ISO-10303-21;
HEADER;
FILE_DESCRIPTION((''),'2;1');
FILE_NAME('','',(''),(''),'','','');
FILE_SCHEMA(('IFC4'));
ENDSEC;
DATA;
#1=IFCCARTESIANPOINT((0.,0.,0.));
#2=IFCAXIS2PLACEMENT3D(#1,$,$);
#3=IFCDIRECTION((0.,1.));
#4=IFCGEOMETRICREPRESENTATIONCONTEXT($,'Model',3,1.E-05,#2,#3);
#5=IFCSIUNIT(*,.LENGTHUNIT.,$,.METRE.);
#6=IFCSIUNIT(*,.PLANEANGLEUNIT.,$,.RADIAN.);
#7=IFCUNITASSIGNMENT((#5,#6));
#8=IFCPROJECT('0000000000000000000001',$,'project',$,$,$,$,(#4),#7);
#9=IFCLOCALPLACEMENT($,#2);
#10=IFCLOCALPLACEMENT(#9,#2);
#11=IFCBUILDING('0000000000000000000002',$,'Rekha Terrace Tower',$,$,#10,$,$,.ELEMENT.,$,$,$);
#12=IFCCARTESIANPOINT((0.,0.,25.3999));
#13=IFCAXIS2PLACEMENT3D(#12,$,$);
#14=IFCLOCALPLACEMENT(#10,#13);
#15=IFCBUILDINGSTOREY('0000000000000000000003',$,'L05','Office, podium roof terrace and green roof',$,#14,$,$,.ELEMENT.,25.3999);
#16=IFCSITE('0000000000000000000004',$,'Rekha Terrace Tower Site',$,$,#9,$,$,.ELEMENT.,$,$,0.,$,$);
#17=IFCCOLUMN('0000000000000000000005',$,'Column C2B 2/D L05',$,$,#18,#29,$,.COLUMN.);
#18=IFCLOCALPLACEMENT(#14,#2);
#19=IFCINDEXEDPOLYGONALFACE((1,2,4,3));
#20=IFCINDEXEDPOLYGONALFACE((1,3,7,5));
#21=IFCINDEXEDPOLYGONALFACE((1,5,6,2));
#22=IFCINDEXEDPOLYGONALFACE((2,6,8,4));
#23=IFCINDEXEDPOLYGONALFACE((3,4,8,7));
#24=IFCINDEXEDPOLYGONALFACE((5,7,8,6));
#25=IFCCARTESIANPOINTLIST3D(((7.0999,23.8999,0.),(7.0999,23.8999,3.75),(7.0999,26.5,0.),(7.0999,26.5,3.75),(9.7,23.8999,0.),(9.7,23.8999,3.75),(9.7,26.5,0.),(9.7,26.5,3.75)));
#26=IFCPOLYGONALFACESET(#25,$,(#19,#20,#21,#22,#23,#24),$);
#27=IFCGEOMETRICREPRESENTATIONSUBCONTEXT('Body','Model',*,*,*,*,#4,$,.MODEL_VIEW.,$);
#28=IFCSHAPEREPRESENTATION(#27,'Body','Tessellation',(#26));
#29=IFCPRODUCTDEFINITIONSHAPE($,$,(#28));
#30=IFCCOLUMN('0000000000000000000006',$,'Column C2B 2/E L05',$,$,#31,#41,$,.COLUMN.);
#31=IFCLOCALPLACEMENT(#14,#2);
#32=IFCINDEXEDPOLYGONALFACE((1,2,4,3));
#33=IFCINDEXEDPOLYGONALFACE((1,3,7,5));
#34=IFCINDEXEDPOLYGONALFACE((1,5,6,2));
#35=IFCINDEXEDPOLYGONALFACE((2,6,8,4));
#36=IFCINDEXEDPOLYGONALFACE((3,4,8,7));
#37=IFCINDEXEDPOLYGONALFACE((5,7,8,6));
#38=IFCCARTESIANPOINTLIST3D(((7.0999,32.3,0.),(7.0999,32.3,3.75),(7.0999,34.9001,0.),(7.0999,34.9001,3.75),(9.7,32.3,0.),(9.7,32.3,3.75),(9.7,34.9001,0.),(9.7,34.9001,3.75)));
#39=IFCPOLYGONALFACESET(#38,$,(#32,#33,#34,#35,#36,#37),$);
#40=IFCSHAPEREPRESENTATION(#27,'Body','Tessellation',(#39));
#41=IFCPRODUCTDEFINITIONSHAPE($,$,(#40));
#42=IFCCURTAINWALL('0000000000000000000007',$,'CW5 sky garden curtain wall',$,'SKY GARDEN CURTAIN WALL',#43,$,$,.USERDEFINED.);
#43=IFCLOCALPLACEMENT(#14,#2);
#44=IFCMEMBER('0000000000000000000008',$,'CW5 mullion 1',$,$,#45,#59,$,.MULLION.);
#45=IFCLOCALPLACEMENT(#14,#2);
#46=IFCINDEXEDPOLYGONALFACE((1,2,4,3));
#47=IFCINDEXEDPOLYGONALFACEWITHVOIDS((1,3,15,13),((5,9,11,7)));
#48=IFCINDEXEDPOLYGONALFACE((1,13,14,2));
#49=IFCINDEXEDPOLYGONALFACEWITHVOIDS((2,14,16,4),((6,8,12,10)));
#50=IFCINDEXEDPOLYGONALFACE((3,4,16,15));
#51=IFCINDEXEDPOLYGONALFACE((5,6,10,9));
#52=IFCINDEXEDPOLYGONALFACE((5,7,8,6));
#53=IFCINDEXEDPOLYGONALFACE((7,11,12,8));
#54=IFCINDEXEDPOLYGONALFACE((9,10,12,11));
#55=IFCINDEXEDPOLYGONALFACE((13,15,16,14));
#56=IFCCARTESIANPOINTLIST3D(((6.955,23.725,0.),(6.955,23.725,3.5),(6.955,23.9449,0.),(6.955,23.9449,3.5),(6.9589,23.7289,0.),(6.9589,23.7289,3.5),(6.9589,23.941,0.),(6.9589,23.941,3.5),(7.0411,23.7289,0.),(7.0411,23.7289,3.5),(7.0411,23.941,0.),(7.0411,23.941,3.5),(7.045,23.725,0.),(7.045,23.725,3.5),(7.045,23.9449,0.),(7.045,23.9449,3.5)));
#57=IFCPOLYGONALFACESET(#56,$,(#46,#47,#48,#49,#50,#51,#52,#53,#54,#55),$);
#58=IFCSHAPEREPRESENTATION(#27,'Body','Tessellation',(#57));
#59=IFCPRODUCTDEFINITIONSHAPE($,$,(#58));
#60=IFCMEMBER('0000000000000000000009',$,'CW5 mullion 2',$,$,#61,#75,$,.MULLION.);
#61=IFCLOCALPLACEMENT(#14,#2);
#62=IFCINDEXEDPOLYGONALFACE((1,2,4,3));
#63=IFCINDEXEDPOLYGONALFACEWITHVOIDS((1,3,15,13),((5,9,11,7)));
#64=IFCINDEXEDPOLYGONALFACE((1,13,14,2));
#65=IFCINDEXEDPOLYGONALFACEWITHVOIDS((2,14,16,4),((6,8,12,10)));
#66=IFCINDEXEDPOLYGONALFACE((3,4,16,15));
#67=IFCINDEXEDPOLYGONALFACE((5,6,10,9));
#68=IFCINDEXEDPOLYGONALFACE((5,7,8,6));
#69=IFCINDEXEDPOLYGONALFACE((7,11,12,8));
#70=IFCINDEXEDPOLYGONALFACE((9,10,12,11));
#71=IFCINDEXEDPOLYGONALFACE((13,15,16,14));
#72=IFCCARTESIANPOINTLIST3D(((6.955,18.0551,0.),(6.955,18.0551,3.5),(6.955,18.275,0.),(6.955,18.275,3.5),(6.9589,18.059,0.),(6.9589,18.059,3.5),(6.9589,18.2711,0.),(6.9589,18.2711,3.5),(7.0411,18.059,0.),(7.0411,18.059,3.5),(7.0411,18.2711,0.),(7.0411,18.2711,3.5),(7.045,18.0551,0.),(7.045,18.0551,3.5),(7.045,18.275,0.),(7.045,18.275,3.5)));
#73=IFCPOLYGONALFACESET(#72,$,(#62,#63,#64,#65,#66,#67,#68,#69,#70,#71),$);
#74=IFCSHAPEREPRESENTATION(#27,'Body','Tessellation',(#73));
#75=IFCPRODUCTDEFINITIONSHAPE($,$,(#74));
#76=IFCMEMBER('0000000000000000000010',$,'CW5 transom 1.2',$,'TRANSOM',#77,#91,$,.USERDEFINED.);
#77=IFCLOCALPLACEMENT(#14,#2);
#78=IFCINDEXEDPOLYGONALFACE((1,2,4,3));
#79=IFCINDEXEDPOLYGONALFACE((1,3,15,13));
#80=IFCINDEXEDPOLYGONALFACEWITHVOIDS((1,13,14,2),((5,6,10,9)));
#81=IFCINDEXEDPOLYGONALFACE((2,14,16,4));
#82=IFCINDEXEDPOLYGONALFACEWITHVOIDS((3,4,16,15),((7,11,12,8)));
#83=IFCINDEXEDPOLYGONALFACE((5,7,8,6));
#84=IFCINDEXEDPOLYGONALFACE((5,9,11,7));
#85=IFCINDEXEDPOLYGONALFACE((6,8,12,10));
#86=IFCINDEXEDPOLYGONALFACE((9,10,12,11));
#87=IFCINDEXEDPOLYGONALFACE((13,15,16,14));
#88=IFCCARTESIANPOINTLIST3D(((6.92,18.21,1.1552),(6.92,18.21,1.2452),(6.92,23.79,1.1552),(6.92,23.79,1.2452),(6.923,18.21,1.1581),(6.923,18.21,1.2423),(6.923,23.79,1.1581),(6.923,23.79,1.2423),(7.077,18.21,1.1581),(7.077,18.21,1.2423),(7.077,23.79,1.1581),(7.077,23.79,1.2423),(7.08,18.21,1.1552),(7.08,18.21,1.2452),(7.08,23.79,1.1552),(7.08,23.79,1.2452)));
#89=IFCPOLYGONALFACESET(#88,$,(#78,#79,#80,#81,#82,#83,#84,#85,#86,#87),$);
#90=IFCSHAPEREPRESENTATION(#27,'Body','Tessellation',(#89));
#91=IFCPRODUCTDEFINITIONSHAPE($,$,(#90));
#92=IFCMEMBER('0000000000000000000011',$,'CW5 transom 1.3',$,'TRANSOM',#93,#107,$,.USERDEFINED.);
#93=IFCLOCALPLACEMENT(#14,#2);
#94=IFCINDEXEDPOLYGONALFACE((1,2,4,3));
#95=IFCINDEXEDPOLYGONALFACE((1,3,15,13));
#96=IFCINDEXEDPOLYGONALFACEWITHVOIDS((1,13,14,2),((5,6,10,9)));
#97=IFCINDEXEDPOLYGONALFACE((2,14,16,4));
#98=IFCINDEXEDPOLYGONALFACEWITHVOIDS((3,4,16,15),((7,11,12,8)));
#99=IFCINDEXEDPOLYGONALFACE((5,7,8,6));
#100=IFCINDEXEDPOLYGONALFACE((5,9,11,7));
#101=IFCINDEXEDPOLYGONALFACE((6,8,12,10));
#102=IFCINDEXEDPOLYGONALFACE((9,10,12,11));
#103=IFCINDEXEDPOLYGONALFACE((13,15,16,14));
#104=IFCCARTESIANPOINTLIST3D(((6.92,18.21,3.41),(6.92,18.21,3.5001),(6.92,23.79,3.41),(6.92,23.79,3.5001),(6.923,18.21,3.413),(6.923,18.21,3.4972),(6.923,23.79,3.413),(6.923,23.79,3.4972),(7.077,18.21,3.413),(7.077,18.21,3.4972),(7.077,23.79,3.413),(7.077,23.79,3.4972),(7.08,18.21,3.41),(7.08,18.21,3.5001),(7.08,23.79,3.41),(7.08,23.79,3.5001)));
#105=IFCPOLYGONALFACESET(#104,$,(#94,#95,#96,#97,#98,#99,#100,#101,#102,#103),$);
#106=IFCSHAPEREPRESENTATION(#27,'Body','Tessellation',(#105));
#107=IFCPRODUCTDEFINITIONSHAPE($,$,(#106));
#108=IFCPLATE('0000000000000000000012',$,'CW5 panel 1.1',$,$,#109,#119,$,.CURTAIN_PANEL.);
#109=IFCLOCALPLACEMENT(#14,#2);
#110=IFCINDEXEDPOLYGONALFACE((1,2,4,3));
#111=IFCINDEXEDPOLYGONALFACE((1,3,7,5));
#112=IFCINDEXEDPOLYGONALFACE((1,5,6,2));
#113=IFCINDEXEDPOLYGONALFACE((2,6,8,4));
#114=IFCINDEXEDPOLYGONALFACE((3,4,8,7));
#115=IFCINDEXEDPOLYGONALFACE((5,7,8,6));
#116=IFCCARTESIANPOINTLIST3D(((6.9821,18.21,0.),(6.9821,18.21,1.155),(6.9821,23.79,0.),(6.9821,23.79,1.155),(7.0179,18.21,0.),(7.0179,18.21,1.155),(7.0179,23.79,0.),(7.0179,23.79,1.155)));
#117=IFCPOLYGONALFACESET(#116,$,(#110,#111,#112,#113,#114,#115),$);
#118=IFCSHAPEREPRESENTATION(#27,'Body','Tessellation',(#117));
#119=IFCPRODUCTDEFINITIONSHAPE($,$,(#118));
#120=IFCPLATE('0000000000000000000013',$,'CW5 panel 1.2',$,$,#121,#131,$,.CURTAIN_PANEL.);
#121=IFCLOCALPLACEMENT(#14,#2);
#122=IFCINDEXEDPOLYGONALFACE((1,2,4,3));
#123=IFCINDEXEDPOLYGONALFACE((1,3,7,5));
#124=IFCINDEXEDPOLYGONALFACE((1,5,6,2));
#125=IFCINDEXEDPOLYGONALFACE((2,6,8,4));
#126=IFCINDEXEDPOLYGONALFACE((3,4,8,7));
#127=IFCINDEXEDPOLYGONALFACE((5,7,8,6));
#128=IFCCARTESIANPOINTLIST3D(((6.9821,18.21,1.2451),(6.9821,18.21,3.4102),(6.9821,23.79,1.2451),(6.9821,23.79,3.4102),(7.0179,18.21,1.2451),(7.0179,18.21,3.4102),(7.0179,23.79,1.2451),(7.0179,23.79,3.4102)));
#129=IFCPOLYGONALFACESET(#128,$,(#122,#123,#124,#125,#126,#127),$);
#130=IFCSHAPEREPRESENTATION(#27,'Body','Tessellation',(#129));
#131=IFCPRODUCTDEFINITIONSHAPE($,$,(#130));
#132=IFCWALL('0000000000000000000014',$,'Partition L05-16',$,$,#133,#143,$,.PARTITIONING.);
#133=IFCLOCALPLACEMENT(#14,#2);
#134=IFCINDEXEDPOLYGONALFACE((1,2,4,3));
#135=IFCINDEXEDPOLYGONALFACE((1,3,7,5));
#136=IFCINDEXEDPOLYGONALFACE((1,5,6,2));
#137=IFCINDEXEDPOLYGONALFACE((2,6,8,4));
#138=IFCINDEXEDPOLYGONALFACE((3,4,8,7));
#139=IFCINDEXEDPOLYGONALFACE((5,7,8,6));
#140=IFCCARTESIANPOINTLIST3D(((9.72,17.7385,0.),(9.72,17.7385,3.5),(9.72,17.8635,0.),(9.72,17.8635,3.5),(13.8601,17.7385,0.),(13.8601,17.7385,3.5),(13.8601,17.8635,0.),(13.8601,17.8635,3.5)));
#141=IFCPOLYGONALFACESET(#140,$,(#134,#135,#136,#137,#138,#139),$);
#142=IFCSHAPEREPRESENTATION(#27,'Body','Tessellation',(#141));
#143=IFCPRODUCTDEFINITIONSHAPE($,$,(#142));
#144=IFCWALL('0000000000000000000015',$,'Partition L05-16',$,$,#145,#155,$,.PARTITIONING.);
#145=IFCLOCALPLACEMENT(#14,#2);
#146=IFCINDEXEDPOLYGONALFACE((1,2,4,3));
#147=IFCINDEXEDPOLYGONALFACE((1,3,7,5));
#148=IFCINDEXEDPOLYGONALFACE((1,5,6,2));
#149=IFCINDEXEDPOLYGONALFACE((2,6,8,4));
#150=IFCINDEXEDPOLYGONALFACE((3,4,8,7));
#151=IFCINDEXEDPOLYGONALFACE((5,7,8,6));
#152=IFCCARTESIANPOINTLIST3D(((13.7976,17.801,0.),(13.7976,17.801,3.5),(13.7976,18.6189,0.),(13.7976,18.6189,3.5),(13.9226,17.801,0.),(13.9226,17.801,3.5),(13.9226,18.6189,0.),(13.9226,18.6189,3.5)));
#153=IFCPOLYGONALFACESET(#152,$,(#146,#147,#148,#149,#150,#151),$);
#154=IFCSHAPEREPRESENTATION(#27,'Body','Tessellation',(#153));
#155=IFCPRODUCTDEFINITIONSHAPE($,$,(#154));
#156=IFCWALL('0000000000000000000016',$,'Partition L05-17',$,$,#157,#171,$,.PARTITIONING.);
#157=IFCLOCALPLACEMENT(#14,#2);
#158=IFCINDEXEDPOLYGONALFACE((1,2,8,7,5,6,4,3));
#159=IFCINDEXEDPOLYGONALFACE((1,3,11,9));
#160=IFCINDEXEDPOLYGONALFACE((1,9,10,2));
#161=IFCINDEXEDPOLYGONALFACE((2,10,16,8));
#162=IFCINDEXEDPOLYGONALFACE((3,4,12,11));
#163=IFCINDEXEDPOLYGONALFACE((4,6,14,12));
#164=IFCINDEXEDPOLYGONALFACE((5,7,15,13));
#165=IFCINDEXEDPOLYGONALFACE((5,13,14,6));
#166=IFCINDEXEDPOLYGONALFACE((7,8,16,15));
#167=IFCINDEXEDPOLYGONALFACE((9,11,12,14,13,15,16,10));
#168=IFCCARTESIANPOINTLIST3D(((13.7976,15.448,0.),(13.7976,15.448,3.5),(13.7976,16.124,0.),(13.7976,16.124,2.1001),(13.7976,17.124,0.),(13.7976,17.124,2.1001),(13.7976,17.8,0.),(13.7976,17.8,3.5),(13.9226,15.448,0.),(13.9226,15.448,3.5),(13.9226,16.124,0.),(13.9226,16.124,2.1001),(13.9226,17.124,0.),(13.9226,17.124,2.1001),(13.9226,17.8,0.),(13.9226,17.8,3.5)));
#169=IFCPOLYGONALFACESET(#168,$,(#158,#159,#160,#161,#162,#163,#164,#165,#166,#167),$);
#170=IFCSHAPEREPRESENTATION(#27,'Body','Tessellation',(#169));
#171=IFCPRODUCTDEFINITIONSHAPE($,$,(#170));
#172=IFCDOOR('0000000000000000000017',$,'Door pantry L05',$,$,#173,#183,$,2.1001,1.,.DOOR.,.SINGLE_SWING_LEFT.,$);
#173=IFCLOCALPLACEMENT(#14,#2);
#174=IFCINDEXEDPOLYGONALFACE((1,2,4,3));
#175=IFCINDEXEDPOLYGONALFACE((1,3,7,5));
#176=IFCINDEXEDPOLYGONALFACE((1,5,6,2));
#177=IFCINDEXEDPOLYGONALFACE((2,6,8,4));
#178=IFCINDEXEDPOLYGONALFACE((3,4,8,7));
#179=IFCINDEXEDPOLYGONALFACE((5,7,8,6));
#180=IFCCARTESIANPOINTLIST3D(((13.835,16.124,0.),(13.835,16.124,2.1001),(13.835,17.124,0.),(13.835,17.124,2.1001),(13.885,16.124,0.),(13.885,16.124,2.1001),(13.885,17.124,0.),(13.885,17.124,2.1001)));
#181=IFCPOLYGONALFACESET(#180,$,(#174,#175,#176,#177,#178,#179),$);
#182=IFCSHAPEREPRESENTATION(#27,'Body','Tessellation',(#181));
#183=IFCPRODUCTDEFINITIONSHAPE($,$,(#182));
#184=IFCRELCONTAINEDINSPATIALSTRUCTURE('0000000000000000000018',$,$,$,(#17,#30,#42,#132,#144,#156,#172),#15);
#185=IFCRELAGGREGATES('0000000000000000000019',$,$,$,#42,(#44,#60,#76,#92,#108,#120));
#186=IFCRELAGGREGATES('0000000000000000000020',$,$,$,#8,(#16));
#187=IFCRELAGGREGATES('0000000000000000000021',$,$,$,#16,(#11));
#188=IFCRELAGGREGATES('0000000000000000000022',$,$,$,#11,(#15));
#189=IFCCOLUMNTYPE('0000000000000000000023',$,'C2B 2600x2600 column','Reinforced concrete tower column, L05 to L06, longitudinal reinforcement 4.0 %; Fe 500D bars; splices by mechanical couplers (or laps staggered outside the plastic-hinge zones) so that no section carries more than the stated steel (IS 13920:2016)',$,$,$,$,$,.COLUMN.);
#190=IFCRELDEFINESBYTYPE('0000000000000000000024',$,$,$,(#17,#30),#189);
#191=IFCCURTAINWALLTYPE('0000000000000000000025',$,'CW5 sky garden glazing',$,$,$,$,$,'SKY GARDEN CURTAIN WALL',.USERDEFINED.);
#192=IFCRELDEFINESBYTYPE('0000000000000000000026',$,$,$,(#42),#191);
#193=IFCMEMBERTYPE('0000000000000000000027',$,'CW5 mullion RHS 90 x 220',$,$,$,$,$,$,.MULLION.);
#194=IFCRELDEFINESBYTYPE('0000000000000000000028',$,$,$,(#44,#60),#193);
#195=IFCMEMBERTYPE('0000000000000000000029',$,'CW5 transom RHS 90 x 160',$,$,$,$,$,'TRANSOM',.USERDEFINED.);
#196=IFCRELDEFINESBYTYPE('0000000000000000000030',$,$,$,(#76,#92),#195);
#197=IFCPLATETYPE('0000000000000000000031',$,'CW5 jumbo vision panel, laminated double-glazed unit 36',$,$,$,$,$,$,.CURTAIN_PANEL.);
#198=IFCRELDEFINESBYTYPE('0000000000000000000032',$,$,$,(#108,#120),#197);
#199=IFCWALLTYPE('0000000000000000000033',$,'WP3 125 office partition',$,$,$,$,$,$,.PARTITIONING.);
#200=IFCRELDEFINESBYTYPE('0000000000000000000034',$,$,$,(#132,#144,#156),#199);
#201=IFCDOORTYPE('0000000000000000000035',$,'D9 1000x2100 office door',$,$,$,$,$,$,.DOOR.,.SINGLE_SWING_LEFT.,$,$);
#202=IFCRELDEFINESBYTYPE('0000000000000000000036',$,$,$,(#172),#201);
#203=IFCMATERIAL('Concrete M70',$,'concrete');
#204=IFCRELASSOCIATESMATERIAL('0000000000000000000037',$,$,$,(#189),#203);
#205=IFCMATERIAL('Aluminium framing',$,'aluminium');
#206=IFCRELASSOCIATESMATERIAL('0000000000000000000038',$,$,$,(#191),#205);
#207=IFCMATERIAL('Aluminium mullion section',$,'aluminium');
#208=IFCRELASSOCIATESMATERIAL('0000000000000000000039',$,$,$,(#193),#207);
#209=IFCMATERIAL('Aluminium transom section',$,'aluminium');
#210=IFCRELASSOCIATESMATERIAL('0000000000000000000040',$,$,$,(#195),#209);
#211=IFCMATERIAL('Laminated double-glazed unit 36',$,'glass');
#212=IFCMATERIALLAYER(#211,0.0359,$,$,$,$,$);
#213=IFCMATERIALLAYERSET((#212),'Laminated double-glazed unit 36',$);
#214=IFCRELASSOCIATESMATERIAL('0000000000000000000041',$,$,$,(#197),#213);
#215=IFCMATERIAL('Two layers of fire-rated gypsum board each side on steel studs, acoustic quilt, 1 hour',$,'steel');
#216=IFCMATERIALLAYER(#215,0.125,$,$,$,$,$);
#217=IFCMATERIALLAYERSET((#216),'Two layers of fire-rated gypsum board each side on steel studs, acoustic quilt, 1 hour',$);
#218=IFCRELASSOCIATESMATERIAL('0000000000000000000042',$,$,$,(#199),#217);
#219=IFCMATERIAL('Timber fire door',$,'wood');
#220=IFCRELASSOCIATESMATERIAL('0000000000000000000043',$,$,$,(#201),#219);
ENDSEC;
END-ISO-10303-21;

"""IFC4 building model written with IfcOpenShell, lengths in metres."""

from ifc_helpers import new_model, si_unit, direction, frame, frame_2d, origin, origin_2d, place, context, subcontext, project, spatial, rectangle, hollow_rectangle, extrude, material, layer, layer_set, material_profile, profile_set, type_object, element, fill, aggregate, save


model = new_model("IFC4")

# Units and contexts
model_context = context("Model", 3, precision=1e-05, world=origin(), true_north=direction((0.0, 1.0)))
body_context = subcontext(model_context, "Body", "Model", "MODEL_VIEW")
ifc_project = project(units=[si_unit("LENGTHUNIT", "METRE"), si_unit("PLANEANGLEUNIT", "RADIAN")], contexts=[model_context])

# Site, building, storey
site_placement = place(None, origin())
site = spatial("IfcSite", under=ifc_project, at=site_placement, Name="Rekha Terrace Tower Site", CompositionType="ELEMENT", RefElevation=0.0)
building_placement = place(site_placement, origin())
building = spatial("IfcBuilding", under=site, at=building_placement, Name="Rekha Terrace Tower", CompositionType="ELEMENT")
storey_placement = place(building_placement, frame((0.0, 0.0, 25.3999)))
storey = spatial("IfcBuildingStorey", under=building, at=storey_placement, Name="L05", Description="Office, podium roof terrace and green roof", CompositionType="ELEMENT", Elevation=25.3999)

# Columns
ifc_material_1 = material(Name="Concrete M70", Category="concrete")
ifc_material_profile_1 = material_profile(ifc_material_1, rectangle(XDim=2.6001, YDim=2.6001, at=origin_2d()), Name="RC 2600x2600")
ifc_profile_set_1 = profile_set([ifc_material_profile_1], Name="Concrete M70")
column_type = type_object("IfcColumnType", Name="C2B 2600x2600 column", Description="Reinforced concrete tower column, L05 to L06, longitudinal reinforcement 4.0 %; Fe 500D bars; splices by mechanical couplers (or laps staggered outside the plastic-hinge zones) so that no section carries more than the stated steel (IS 13920:2016)", PredefinedType="COLUMN", material=ifc_profile_set_1)
for number, where, z_axis, x_axis, name in (
    (1, (8.3999, 25.2, 0.0), (0.0, 0.0, 1.0), (1.0, 0.0, 0.0), "Column C2B 2/D L05"),
    (2, (8.3999, 33.6001, 0.0), (0.0, 0.0, 1.0), (1.0, 0.0, 0.0), "Column C2B 2/E L05"),
):
    element("IfcColumn", number, at=place(storey_placement, frame(where, z_axis=z_axis, x_axis=x_axis)), inside=storey, type_object=column_type, Name=name, PredefinedType="COLUMN", context=body_context, shape_type="SweptSolid", body=[
        extrude(rectangle(XDim=2.6001, YDim=2.6001, at=origin_2d()), origin(), (0.0, 0.0, 1.0), 3.75),
    ])

# Curtain wall, members, plates
ifc_material_2 = material(Name="Aluminium framing", Category="aluminium")
curtain_wall_type = type_object("IfcCurtainWallType", Name="CW5 sky garden glazing", ElementType="SKY GARDEN CURTAIN WALL", PredefinedType="USERDEFINED", material=ifc_material_2)
curtain_wall_placement = place(storey_placement, origin())
curtain_wall = element("IfcCurtainWall", 3, at=curtain_wall_placement, inside=storey, type_object=curtain_wall_type, Name="CW5 sky garden curtain wall", ObjectType="SKY GARDEN CURTAIN WALL", PredefinedType="USERDEFINED")
ifc_material_3 = material(Name="Aluminium mullion section", Category="aluminium")
ifc_material_profile_2 = material_profile(ifc_material_3, hollow_rectangle(XDim=0.0901, YDim=0.22, WallThickness=0.0039, at=origin_2d()), Name="AL RHS 90x220")
ifc_profile_set_2 = profile_set([ifc_material_profile_2], Name="Aluminium mullion section")
member_type_1 = type_object("IfcMemberType", Name="CW5 mullion RHS 90 x 220", PredefinedType="MULLION", material=ifc_profile_set_2)
member_1_placement = place(storey_placement, frame((7.0, 23.835, 0.0), z_axis=(0.0, 0.0, 1.0), x_axis=(1.0, 0.0, 0.0)))
member_1 = element("IfcMember", 4, at=member_1_placement, type_object=member_type_1, Name="CW5 mullion 1", PredefinedType="MULLION", context=body_context, shape_type="SweptSolid", body=[
    extrude(hollow_rectangle(XDim=0.0901, YDim=0.22, WallThickness=0.0039, at=origin_2d()), origin(), (0.0, 0.0, 1.0), 3.5),
])
member_2_placement = place(storey_placement, frame((7.0, 18.165, 0.0), z_axis=(0.0, 0.0, 1.0), x_axis=(1.0, 0.0, 0.0)))
member_2 = element("IfcMember", 5, at=member_2_placement, type_object=member_type_1, Name="CW5 mullion 2", PredefinedType="MULLION", context=body_context, shape_type="SweptSolid", body=[
    extrude(hollow_rectangle(XDim=0.0901, YDim=0.22, WallThickness=0.0039, at=origin_2d()), origin(), (0.0, 0.0, 1.0), 3.5),
])
ifc_material_4 = material(Name="Aluminium transom section", Category="aluminium")
ifc_material_profile_3 = material_profile(ifc_material_4, hollow_rectangle(XDim=0.1599, YDim=0.0901, WallThickness=0.0029, at=origin_2d()), Name="AL RHS 160x90")
ifc_profile_set_3 = profile_set([ifc_material_profile_3], Name="Aluminium transom section")
member_type_2 = type_object("IfcMemberType", Name="CW5 transom RHS 90 x 160", ElementType="TRANSOM", PredefinedType="USERDEFINED", material=ifc_profile_set_3)
member_3_placement = place(storey_placement, frame((7.0, 23.79, 1.2002), z_axis=(0.0, -1.0, 0.0), x_axis=(1.0, 0.0, 0.0)))
member_3 = element("IfcMember", 6, at=member_3_placement, type_object=member_type_2, Name="CW5 transom 1.2", ObjectType="TRANSOM", PredefinedType="USERDEFINED", context=body_context, shape_type="SweptSolid", body=[
    extrude(hollow_rectangle(XDim=0.1599, YDim=0.0901, WallThickness=0.0029, at=origin_2d()), origin(), (0.0, 0.0, 1.0), 5.5801),
])
member_4_placement = place(storey_placement, frame((7.0, 23.79, 3.4551), z_axis=(0.0, -1.0, 0.0), x_axis=(1.0, 0.0, 0.0)))
member_4 = element("IfcMember", 7, at=member_4_placement, type_object=member_type_2, Name="CW5 transom 1.3", ObjectType="TRANSOM", PredefinedType="USERDEFINED", context=body_context, shape_type="SweptSolid", body=[
    extrude(hollow_rectangle(XDim=0.1599, YDim=0.0901, WallThickness=0.0029, at=origin_2d()), origin(), (0.0, 0.0, 1.0), 5.5801),
])
ifc_material_5 = material(Name="Laminated double-glazed unit 36", Category="glass")
ifc_layer_1 = layer(ifc_material_5, 0.0359)
ifc_layer_set_1 = layer_set([ifc_layer_1], Name="Laminated double-glazed unit 36")
plate_type = type_object("IfcPlateType", Name="CW5 jumbo vision panel, laminated double-glazed unit 36", PredefinedType="CURTAIN_PANEL", material=ifc_layer_set_1)
plate_1_placement = place(storey_placement, frame((7.0, 21.0, 0.0), z_axis=(0.0, 0.0, 1.0), x_axis=(0.0, -1.0, 0.0)))
plate_1 = element("IfcPlate", 8, at=plate_1_placement, type_object=plate_type, Name="CW5 panel 1.1", PredefinedType="CURTAIN_PANEL", context=body_context, shape_type="SweptSolid", body=[
    extrude(rectangle(XDim=5.5801, YDim=0.0359, at=origin_2d()), origin(), (0.0, 0.0, 1.0), 1.155),
])
plate_2_placement = place(storey_placement, frame((7.0, 21.0, 1.2451), z_axis=(0.0, 0.0, 1.0), x_axis=(0.0, -1.0, 0.0)))
plate_2 = element("IfcPlate", 9, at=plate_2_placement, type_object=plate_type, Name="CW5 panel 1.2", PredefinedType="CURTAIN_PANEL", context=body_context, shape_type="SweptSolid", body=[
    extrude(rectangle(XDim=5.5801, YDim=0.0359, at=origin_2d()), origin(), (0.0, 0.0, 1.0), 2.165),
])
aggregate(curtain_wall, [member_1, member_2, member_3, member_4, plate_1, plate_2])

# Walls
ifc_material_6 = material(Name="Two layers of fire-rated gypsum board each side on steel studs, acoustic quilt, 1 hour", Category="steel")
ifc_layer_2 = layer(ifc_material_6, 0.125)
ifc_layer_set_2 = layer_set([ifc_layer_2], Name="Two layers of fire-rated gypsum board each side on steel studs, acoustic quilt, 1 hour")
wall_type_1 = type_object("IfcWallType", Name="WP3 125 office partition", PredefinedType="PARTITIONING", material=ifc_layer_set_2)
wall_1_placement = place(storey_placement, frame((13.8601, 17.801, 0.0), z_axis=(0.0, 0.0, 1.0), x_axis=(-1.0, 0.0, 0.0)))
element("IfcWall", 10, at=wall_1_placement, inside=storey, type_object=wall_type_1, Name="Partition L05-16", PredefinedType="PARTITIONING", context=body_context, shape_type="SweptSolid", body=[
    extrude(rectangle(XDim=4.1401, YDim=0.125, at=frame_2d((2.0701, 0.0))), origin(), (0.0, 0.0, 1.0), 3.5),
])
wall_2_placement = place(storey_placement, frame((13.8601, 18.6189, 0.0), z_axis=(0.0, 0.0, 1.0), x_axis=(0.0, -1.0, 0.0)))
element("IfcWall", 11, at=wall_2_placement, inside=storey, type_object=wall_type_1, Name="Partition L05-16", PredefinedType="PARTITIONING", context=body_context, shape_type="SweptSolid", body=[
    extrude(rectangle(XDim=0.8179, YDim=0.125, at=frame_2d((0.4089, 0.0))), origin(), (0.0, 0.0, 1.0), 3.5),
])

# Wall, opening, door
wall_3_placement = place(storey_placement, frame((13.8601, 17.8, 0.0), z_axis=(0.0, 0.0, 1.0), x_axis=(0.0, -1.0, 0.0)))
wall_3 = element("IfcWall", 12, at=wall_3_placement, inside=storey, type_object=wall_type_1, Name="Partition L05-17", PredefinedType="PARTITIONING", context=body_context, shape_type="SweptSolid", body=[
    extrude(rectangle(XDim=2.3521, YDim=0.125, at=frame_2d((1.176, 0.0))), origin(), (0.0, 0.0, 1.0), 3.5),
])
opening_placement = place(wall_3_placement, frame((0.676, 0.0, 0.0)))
opening = element("IfcOpeningElement", 13, at=opening_placement, cuts=wall_3, PredefinedType="OPENING", context=body_context, shape_type="SweptSolid", body=[
    extrude(rectangle(XDim=1.0, YDim=2.1001, at=frame_2d((0.5, 1.05))), frame((0.0, 0.0725, 0.0), z_axis=(0.0, -1.0, 0.0), x_axis=(1.0, 0.0, 0.0)), (0.0, 0.0, 1.0), 0.145),
])
ifc_material_7 = material(Name="Timber fire door", Category="wood")
door_type = type_object("IfcDoorType", Name="D9 1000x2100 office door", OperationType="SINGLE_SWING_LEFT", PredefinedType="DOOR", material=ifc_material_7)
door_placement = place(opening_placement, origin())
door = element("IfcDoor", 14, at=door_placement, inside=storey, type_object=door_type, Name="Door pantry L05", OperationType="SINGLE_SWING_LEFT", OverallHeight=2.1001, OverallWidth=1.0, PredefinedType="DOOR", context=body_context, shape_type="SweptSolid", body=[
    extrude(rectangle(XDim=1.0, YDim=2.1001, at=frame_2d((0.5, 1.05))), frame((0.0, 0.0249, 0.0), z_axis=(0.0, -1.0, 0.0), x_axis=(1.0, 0.0, 0.0)), (0.0, 0.0, 1.0), 0.05),
])
fill(opening, door)

save(model, "model.ifc")
